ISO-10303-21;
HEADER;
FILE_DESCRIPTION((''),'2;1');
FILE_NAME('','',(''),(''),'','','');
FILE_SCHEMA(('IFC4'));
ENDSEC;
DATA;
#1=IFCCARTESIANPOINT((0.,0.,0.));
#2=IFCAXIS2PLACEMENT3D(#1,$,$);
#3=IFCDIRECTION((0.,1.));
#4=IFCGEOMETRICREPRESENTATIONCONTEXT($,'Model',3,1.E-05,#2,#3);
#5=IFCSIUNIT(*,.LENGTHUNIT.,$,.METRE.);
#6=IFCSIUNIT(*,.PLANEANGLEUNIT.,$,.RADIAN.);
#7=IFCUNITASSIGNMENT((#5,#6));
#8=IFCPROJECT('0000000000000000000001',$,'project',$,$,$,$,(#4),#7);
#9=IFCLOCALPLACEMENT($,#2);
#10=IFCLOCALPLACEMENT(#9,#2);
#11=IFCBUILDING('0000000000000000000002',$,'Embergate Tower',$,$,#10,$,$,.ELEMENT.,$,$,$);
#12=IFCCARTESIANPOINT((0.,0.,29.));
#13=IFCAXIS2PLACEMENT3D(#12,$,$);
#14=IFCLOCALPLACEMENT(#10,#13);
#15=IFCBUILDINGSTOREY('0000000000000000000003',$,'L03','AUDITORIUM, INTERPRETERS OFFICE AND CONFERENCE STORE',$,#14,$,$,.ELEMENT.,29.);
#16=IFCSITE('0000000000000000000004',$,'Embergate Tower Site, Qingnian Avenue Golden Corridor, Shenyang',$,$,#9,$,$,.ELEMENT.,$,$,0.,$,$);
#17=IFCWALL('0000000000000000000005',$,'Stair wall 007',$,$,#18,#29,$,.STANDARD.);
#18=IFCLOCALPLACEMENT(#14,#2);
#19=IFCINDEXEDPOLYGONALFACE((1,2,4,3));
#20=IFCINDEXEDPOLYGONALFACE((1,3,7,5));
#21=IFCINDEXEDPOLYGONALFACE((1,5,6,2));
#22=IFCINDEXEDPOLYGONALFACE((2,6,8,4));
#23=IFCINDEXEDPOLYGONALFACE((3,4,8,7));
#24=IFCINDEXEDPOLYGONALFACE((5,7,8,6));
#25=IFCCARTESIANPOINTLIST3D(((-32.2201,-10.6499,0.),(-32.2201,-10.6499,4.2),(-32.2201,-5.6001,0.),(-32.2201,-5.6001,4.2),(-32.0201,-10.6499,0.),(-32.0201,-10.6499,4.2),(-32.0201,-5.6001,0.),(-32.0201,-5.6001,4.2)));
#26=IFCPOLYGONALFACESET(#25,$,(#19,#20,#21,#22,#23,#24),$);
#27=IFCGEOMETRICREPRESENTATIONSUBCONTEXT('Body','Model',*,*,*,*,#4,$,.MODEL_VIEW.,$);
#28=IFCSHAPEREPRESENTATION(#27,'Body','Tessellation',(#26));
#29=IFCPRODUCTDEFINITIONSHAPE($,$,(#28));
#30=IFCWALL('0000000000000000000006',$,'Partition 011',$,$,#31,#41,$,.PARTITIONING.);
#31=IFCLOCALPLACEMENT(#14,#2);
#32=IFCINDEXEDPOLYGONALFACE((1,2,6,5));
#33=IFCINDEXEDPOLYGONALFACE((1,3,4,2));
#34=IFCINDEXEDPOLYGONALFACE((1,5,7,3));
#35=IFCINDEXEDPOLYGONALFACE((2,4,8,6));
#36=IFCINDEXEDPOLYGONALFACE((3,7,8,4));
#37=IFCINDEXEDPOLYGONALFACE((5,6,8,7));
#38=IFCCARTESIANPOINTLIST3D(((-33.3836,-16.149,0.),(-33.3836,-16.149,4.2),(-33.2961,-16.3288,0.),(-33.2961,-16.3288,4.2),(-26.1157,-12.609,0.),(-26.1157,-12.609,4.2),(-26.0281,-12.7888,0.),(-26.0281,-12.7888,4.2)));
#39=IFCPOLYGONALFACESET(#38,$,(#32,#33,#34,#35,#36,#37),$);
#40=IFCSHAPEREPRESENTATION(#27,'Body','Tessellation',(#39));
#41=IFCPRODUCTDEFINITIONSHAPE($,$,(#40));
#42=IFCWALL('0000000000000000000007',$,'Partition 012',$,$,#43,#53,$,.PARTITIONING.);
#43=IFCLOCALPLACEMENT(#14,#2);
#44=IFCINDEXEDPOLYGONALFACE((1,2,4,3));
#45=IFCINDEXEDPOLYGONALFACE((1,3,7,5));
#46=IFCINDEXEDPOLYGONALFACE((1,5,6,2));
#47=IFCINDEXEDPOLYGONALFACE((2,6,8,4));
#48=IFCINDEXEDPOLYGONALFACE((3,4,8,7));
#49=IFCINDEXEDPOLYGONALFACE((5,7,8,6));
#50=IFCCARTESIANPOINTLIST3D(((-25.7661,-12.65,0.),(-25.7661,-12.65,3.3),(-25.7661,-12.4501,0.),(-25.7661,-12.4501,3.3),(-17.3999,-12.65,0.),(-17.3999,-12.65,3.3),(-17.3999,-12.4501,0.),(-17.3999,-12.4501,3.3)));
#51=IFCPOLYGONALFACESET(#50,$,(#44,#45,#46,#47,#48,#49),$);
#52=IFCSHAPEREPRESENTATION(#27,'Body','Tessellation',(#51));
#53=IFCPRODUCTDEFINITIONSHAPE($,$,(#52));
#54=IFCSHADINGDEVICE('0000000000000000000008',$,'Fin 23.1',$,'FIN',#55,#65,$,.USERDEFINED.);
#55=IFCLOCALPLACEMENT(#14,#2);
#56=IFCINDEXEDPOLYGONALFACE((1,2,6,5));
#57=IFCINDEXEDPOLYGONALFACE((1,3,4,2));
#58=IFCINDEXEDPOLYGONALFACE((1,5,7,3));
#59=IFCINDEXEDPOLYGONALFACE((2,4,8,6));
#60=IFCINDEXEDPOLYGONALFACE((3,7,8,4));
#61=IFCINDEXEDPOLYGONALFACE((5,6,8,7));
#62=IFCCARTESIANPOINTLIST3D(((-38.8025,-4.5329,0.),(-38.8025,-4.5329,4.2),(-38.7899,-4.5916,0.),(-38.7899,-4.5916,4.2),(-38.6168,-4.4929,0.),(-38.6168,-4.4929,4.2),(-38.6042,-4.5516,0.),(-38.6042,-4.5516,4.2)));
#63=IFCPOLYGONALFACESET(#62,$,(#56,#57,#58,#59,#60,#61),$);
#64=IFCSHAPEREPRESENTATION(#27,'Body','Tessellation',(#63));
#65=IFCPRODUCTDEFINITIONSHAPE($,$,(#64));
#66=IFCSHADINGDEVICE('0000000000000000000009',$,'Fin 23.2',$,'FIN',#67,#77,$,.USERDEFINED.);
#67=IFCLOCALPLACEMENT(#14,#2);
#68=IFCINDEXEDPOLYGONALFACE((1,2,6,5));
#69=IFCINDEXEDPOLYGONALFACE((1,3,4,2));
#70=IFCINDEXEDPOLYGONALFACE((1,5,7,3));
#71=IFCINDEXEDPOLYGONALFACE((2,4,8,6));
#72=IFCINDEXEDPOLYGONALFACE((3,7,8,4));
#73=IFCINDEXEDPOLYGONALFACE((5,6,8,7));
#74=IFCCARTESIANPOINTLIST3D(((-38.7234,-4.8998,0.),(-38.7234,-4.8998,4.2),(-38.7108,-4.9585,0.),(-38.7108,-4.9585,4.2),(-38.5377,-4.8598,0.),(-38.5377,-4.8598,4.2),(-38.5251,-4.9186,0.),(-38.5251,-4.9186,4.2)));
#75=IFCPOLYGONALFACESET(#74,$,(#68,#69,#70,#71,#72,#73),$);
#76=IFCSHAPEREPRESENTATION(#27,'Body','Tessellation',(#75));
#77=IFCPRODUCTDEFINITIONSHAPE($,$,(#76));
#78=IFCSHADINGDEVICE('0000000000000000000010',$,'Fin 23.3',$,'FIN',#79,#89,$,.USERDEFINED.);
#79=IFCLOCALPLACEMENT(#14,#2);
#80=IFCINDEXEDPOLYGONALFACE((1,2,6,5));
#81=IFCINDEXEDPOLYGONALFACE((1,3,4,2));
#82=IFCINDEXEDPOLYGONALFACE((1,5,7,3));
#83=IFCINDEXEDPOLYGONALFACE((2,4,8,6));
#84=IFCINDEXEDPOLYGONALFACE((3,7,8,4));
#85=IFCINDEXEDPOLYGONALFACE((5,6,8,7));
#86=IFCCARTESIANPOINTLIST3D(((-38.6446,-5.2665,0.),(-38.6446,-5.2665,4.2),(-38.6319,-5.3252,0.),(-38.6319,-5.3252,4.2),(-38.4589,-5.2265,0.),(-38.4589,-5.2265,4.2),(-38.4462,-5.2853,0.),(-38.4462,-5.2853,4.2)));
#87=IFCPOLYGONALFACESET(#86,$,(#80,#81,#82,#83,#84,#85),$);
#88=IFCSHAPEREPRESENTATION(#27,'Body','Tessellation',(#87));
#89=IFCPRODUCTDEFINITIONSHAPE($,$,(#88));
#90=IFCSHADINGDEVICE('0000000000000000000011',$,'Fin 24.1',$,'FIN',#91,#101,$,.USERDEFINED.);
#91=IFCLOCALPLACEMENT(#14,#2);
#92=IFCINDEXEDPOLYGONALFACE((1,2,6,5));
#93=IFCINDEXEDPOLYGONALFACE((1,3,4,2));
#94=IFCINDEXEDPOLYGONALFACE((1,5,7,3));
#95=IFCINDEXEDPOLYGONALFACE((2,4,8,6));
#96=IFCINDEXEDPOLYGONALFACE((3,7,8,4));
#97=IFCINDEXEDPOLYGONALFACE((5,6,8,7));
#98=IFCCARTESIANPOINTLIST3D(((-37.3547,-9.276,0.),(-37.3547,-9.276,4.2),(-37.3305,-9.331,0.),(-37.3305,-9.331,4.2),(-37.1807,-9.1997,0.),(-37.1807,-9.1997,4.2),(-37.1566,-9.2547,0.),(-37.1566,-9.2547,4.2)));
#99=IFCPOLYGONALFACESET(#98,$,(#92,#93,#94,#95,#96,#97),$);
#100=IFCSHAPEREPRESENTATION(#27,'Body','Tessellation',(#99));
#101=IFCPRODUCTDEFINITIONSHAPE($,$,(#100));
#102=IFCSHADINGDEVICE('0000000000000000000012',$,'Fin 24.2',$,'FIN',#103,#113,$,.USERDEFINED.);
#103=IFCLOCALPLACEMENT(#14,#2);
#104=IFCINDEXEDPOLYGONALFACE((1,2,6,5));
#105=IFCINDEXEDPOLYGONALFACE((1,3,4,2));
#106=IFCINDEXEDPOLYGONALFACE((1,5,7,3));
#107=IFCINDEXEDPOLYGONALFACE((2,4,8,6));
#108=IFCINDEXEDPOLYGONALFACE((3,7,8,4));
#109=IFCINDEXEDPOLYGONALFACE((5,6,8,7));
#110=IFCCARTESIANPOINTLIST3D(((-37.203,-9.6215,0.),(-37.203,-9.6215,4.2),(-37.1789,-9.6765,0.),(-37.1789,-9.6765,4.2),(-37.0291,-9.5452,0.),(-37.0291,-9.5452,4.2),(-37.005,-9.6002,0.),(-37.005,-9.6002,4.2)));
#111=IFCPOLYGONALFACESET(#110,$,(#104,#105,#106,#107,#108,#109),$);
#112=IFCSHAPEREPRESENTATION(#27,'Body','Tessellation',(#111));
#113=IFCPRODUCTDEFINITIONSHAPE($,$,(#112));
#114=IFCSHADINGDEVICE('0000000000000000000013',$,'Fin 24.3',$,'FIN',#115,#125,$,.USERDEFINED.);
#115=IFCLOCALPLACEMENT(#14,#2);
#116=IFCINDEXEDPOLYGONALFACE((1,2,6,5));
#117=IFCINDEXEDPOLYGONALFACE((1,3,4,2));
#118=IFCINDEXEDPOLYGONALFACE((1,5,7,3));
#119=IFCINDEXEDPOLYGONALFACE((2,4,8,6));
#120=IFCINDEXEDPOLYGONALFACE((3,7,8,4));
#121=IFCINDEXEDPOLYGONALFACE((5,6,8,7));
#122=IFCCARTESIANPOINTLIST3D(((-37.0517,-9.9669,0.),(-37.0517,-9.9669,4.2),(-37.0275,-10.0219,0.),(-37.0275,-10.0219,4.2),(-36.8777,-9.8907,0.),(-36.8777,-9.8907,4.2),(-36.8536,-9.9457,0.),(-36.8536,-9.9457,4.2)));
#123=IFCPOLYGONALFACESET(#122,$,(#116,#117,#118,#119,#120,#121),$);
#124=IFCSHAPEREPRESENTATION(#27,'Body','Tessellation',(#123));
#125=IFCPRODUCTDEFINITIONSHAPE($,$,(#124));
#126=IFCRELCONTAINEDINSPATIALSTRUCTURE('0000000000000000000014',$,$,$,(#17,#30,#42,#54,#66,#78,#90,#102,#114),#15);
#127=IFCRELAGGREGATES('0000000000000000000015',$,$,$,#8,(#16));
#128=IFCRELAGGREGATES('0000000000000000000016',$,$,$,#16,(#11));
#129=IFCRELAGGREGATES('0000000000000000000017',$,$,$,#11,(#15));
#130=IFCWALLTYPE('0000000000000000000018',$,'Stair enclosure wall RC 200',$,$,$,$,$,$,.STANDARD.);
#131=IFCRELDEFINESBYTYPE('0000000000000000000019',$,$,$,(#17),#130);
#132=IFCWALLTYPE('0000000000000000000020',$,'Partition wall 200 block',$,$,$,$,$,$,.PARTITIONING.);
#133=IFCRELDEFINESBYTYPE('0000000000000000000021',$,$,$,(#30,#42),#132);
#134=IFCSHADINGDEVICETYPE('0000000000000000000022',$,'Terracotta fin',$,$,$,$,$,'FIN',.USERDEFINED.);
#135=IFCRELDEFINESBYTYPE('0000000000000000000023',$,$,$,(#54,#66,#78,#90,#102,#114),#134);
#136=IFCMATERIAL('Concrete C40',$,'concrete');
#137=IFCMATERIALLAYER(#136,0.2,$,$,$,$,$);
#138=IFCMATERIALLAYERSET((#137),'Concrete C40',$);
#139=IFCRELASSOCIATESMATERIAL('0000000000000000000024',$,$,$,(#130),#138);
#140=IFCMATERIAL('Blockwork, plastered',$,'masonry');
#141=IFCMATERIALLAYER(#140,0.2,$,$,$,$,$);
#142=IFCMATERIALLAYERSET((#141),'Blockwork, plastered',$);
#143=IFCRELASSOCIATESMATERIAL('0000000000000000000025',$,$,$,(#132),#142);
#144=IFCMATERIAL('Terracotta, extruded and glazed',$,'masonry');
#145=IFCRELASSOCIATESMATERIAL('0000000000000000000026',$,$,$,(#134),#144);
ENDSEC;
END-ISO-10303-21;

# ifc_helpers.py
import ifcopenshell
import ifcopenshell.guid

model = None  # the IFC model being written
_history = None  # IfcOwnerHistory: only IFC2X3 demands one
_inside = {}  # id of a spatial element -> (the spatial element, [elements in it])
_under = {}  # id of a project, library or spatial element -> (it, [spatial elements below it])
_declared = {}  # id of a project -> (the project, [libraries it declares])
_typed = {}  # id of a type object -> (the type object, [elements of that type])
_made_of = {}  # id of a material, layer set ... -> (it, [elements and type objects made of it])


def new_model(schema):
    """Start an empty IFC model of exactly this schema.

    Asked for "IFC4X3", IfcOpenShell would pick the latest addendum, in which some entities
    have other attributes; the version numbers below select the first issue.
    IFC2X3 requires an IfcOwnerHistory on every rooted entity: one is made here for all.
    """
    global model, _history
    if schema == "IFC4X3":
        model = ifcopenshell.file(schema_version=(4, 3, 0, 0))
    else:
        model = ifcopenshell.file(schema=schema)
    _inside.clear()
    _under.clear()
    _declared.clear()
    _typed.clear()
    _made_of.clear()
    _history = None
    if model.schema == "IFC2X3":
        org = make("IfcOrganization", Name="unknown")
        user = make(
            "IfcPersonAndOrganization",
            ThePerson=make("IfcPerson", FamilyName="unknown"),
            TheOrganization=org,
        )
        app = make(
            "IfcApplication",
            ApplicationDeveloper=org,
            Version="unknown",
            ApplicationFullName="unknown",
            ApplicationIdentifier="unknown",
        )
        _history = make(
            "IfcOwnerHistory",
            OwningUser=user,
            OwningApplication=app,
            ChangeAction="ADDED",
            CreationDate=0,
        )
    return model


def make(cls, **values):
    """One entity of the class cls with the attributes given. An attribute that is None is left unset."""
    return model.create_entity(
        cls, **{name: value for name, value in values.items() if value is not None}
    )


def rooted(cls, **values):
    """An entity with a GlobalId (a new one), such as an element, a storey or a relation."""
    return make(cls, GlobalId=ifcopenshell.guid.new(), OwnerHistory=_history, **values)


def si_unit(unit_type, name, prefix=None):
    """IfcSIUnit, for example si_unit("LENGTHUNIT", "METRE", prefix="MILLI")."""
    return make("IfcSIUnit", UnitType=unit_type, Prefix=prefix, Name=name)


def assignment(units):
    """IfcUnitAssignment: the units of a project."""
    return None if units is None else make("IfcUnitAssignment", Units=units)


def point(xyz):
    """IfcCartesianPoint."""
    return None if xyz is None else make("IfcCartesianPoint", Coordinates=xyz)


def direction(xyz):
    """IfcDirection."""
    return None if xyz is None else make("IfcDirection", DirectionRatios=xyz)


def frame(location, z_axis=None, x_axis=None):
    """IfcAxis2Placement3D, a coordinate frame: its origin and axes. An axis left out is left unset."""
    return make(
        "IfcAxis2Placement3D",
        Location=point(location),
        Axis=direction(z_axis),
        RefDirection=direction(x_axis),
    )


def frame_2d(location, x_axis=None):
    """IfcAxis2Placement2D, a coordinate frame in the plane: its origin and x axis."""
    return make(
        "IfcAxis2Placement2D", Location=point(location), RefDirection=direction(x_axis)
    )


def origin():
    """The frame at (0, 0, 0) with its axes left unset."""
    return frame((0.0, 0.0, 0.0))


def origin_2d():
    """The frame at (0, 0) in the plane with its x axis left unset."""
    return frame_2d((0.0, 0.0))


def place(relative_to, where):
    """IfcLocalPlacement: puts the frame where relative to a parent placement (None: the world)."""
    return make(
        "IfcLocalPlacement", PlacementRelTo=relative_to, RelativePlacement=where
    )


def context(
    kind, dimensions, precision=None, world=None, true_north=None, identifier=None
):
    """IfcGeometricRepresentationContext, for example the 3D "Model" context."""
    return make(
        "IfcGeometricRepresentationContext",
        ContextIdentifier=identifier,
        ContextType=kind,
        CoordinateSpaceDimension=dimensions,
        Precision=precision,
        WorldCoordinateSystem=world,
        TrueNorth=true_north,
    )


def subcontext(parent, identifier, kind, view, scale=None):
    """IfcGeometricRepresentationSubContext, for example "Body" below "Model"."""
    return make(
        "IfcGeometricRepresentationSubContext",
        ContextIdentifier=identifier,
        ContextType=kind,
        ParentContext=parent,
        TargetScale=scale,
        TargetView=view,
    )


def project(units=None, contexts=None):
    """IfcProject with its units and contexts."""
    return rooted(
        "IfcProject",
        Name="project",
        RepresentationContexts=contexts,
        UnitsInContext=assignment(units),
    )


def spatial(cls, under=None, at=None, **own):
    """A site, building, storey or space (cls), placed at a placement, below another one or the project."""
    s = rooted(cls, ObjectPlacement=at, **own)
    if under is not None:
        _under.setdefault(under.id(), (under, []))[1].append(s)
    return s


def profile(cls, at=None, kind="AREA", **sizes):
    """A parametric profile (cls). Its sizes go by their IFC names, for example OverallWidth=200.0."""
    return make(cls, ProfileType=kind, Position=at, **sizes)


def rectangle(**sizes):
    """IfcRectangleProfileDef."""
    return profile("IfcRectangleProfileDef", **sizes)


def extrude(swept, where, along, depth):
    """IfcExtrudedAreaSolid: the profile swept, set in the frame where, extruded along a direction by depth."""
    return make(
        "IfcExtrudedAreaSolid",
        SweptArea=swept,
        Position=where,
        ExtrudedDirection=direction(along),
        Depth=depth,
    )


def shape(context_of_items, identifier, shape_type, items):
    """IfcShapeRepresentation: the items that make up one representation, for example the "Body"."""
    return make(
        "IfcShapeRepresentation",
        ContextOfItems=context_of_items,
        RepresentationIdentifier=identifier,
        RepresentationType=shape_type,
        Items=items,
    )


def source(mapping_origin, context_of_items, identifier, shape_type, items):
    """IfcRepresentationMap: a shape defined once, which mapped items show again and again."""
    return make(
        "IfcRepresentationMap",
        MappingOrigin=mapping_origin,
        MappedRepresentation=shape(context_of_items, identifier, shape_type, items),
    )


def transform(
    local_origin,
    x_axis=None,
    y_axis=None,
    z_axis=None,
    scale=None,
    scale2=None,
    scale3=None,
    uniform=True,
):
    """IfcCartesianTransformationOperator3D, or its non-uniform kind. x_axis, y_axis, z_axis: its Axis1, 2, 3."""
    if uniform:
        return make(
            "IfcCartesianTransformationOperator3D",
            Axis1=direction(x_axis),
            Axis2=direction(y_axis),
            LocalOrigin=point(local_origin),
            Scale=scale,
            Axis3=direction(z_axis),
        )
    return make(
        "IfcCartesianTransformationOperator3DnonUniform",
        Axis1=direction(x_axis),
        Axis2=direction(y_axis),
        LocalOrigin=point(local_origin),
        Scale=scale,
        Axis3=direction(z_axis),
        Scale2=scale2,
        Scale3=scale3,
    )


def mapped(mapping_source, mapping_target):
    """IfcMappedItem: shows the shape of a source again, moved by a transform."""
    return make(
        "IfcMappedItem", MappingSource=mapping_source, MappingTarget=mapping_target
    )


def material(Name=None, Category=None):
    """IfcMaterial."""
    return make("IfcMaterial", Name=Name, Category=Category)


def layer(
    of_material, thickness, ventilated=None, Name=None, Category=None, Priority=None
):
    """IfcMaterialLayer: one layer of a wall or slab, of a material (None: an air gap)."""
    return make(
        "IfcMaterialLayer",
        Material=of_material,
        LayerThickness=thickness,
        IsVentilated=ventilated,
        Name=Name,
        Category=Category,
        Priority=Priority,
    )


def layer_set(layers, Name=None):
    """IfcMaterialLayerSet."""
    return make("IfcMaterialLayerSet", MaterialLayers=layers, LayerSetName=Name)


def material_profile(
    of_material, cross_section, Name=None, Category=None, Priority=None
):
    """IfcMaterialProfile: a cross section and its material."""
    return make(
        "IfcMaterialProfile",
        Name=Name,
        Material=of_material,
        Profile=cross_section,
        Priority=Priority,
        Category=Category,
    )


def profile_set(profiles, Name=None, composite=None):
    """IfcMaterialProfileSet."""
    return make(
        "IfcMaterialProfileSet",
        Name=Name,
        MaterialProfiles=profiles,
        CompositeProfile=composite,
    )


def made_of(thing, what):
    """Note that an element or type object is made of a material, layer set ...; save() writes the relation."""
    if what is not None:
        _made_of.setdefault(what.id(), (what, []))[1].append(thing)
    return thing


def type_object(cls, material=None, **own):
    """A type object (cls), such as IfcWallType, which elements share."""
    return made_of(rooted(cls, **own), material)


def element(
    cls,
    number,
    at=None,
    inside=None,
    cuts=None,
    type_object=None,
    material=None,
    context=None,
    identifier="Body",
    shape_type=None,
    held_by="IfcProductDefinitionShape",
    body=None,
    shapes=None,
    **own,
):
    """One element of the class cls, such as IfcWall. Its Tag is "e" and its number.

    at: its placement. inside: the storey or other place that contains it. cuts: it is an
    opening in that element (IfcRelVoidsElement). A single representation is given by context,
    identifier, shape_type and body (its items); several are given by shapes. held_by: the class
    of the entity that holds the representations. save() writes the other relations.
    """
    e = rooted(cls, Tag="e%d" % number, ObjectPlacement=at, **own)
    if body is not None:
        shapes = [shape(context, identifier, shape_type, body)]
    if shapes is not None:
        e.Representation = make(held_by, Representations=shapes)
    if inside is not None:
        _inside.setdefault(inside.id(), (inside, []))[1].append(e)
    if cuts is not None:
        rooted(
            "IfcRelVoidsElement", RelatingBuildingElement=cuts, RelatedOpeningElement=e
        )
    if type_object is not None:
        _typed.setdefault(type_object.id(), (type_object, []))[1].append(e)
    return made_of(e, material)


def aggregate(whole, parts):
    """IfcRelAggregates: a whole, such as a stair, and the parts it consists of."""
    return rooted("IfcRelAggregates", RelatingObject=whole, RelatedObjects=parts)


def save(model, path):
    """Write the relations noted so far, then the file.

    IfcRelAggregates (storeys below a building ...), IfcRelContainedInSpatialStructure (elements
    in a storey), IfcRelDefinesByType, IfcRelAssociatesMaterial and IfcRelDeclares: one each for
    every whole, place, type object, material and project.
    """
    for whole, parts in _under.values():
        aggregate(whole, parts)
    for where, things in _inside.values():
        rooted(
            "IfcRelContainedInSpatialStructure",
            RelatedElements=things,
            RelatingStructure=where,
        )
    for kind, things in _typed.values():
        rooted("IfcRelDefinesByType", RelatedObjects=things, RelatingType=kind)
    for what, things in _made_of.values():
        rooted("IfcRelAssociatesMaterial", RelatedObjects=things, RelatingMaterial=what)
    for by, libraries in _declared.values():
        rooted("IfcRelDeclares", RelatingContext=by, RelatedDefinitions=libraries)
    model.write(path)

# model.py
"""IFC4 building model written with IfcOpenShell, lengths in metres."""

from ifc_helpers import new_model, si_unit, direction, frame, frame_2d, origin, origin_2d, place, context, subcontext, project, spatial, rectangle, extrude, source, transform, mapped, material, layer, layer_set, material_profile, profile_set, type_object, element, save


model = new_model("IFC4")

# Units and contexts
model_context = context("Model", 3, precision=1e-05, world=origin(), true_north=direction((0.0, 1.0)))
body_context = subcontext(model_context, "Body", "Model", "MODEL_VIEW")
ifc_project = project(units=[si_unit("LENGTHUNIT", "METRE"), si_unit("PLANEANGLEUNIT", "RADIAN")], contexts=[model_context])

# Site, building, storey
site_placement = place(None, origin())
site = spatial("IfcSite", under=ifc_project, at=site_placement, Name="Embergate Tower Site, Qingnian Avenue Golden Corridor, Shenyang", CompositionType="ELEMENT", RefElevation=0.0)
building_placement = place(site_placement, origin())
building = spatial("IfcBuilding", under=site, at=building_placement, Name="Embergate Tower", CompositionType="ELEMENT")
storey_placement = place(building_placement, frame((0.0, 0.0, 29.0)))
storey = spatial("IfcBuildingStorey", under=building, at=storey_placement, Name="L03", Description="AUDITORIUM, INTERPRETERS OFFICE AND CONFERENCE STORE", CompositionType="ELEMENT", Elevation=29.0)

# Walls
ifc_material_1 = material(Name="Concrete C40", Category="concrete")
ifc_layer_1 = layer(ifc_material_1, 0.2)
ifc_layer_set_1 = layer_set([ifc_layer_1], Name="Concrete C40")
wall_type_1 = type_object("IfcWallType", Name="Stair enclosure wall RC 200", PredefinedType="STANDARD", material=ifc_layer_set_1)
shared_shape_1 = source(origin(), body_context, "Body", "SweptSolid", [
    extrude(rectangle(XDim=5.0498, YDim=0.2, at=frame_2d((2.5249, 0.0))), origin(), (0.0, 0.0, 1.0), 4.2),
])
wall_1_placement = place(storey_placement, frame((-32.1201, -5.6001, 0.0), z_axis=(0.0, 0.0, 1.0), x_axis=(0.0, -1.0, 0.0)))
element("IfcWall", 1, at=wall_1_placement, inside=storey, type_object=wall_type_1, Name="Stair wall 007", PredefinedType="STANDARD", context=body_context, shape_type="MappedRepresentation", body=[
    mapped(shared_shape_1, transform((0.0, 0.0, 0.0))),
])
ifc_material_2 = material(Name="Blockwork, plastered", Category="masonry")
ifc_layer_2 = layer(ifc_material_2, 0.2)
ifc_layer_set_2 = layer_set([ifc_layer_2], Name="Blockwork, plastered")
wall_type_2 = type_object("IfcWallType", Name="Partition wall 200 block", PredefinedType="PARTITIONING", material=ifc_layer_set_2)
shared_shape_2 = source(origin(), body_context, "Body", "SweptSolid", [
    extrude(rectangle(XDim=8.0842, YDim=0.2, at=frame_2d((4.042, 0.0))), origin(), (0.0, 0.0, 1.0), 4.2),
])
wall_2_placement = place(storey_placement, frame((-26.072, -12.699, 0.0), z_axis=(0.0, 0.0, 1.0), x_axis=(-0.899029, -0.437888, 0.0)))
element("IfcWall", 2, at=wall_2_placement, inside=storey, type_object=wall_type_2, Name="Partition 011", PredefinedType="PARTITIONING", context=body_context, shape_type="MappedRepresentation", body=[
    mapped(shared_shape_2, transform((0.0, 0.0, 0.0))),
])
shared_shape_3 = source(origin(), body_context, "Body", "SweptSolid", [
    extrude(rectangle(XDim=8.3662, YDim=0.2, at=frame_2d((4.1831, 0.0))), origin(), (0.0, 0.0, 1.0), 3.3),
])
wall_3_placement = place(storey_placement, frame((-25.7661, -12.55, 0.0), z_axis=(0.0, 0.0, 1.0), x_axis=(1.0, 0.0, 0.0)))
element("IfcWall", 3, at=wall_3_placement, inside=storey, type_object=wall_type_2, Name="Partition 012", PredefinedType="PARTITIONING", context=body_context, shape_type="MappedRepresentation", body=[
    mapped(shared_shape_3, transform((0.0, 0.0, 0.0))),
])

# Shading devices
ifc_material_3 = material(Name="Terracotta, extruded and glazed", Category="masonry")
ifc_material_profile_1 = material_profile(ifc_material_3, rectangle(XDim=0.1899, YDim=0.0601, at=origin_2d()), Name="TC 190x60")
ifc_profile_set_1 = profile_set([ifc_material_profile_1], Name="Terracotta, extruded and glazed")
shading_device_type = type_object("IfcShadingDeviceType", Name="Terracotta fin", ElementType="FIN", PredefinedType="USERDEFINED", material=ifc_profile_set_1)
shared_shape_4 = source(origin(), body_context, "Body", "SweptSolid", [
    extrude(rectangle(XDim=0.1899, YDim=0.0601, at=origin_2d()), origin(), (0.0, 0.0, 1.0), 4.2),
])
for number, where, z_axis, x_axis, name in (
    (4, (-38.7034, -4.5422, 0.0), (0.0, 0.0, 1.0), (0.977617, 0.210393, 0.0), "Fin 23.1"),
    (5, (-38.6243, -4.9092, 0.0), (0.0, 0.0, 1.0), (0.977617, 0.210393, 0.0), "Fin 23.2"),
    (6, (-38.5454, -5.2759, 0.0), (0.0, 0.0, 1.0), (0.977617, 0.210393, 0.0), "Fin 23.3"),
    (7, (-37.2556, -9.2654, 0.0), (0.0, 0.0, 1.0), (0.915796, 0.401644, 0.0), "Fin 24.1"),
    (8, (-37.104, -9.6108, 0.0), (0.0, 0.0, 1.0), (0.915796, 0.401644, 0.0), "Fin 24.2"),
    (9, (-36.9526, -9.9563, 0.0), (0.0, 0.0, 1.0), (0.915796, 0.401644, 0.0), "Fin 24.3"),
):
    element("IfcShadingDevice", number, at=place(storey_placement, frame(where, z_axis=z_axis, x_axis=x_axis)), inside=storey, type_object=shading_device_type, Name=name, ObjectType="FIN", PredefinedType="USERDEFINED", context=body_context, shape_type="MappedRepresentation", body=[
        mapped(shared_shape_4, transform((0.0, 0.0, 0.0))),
    ])

save(model, "model.ifc")
